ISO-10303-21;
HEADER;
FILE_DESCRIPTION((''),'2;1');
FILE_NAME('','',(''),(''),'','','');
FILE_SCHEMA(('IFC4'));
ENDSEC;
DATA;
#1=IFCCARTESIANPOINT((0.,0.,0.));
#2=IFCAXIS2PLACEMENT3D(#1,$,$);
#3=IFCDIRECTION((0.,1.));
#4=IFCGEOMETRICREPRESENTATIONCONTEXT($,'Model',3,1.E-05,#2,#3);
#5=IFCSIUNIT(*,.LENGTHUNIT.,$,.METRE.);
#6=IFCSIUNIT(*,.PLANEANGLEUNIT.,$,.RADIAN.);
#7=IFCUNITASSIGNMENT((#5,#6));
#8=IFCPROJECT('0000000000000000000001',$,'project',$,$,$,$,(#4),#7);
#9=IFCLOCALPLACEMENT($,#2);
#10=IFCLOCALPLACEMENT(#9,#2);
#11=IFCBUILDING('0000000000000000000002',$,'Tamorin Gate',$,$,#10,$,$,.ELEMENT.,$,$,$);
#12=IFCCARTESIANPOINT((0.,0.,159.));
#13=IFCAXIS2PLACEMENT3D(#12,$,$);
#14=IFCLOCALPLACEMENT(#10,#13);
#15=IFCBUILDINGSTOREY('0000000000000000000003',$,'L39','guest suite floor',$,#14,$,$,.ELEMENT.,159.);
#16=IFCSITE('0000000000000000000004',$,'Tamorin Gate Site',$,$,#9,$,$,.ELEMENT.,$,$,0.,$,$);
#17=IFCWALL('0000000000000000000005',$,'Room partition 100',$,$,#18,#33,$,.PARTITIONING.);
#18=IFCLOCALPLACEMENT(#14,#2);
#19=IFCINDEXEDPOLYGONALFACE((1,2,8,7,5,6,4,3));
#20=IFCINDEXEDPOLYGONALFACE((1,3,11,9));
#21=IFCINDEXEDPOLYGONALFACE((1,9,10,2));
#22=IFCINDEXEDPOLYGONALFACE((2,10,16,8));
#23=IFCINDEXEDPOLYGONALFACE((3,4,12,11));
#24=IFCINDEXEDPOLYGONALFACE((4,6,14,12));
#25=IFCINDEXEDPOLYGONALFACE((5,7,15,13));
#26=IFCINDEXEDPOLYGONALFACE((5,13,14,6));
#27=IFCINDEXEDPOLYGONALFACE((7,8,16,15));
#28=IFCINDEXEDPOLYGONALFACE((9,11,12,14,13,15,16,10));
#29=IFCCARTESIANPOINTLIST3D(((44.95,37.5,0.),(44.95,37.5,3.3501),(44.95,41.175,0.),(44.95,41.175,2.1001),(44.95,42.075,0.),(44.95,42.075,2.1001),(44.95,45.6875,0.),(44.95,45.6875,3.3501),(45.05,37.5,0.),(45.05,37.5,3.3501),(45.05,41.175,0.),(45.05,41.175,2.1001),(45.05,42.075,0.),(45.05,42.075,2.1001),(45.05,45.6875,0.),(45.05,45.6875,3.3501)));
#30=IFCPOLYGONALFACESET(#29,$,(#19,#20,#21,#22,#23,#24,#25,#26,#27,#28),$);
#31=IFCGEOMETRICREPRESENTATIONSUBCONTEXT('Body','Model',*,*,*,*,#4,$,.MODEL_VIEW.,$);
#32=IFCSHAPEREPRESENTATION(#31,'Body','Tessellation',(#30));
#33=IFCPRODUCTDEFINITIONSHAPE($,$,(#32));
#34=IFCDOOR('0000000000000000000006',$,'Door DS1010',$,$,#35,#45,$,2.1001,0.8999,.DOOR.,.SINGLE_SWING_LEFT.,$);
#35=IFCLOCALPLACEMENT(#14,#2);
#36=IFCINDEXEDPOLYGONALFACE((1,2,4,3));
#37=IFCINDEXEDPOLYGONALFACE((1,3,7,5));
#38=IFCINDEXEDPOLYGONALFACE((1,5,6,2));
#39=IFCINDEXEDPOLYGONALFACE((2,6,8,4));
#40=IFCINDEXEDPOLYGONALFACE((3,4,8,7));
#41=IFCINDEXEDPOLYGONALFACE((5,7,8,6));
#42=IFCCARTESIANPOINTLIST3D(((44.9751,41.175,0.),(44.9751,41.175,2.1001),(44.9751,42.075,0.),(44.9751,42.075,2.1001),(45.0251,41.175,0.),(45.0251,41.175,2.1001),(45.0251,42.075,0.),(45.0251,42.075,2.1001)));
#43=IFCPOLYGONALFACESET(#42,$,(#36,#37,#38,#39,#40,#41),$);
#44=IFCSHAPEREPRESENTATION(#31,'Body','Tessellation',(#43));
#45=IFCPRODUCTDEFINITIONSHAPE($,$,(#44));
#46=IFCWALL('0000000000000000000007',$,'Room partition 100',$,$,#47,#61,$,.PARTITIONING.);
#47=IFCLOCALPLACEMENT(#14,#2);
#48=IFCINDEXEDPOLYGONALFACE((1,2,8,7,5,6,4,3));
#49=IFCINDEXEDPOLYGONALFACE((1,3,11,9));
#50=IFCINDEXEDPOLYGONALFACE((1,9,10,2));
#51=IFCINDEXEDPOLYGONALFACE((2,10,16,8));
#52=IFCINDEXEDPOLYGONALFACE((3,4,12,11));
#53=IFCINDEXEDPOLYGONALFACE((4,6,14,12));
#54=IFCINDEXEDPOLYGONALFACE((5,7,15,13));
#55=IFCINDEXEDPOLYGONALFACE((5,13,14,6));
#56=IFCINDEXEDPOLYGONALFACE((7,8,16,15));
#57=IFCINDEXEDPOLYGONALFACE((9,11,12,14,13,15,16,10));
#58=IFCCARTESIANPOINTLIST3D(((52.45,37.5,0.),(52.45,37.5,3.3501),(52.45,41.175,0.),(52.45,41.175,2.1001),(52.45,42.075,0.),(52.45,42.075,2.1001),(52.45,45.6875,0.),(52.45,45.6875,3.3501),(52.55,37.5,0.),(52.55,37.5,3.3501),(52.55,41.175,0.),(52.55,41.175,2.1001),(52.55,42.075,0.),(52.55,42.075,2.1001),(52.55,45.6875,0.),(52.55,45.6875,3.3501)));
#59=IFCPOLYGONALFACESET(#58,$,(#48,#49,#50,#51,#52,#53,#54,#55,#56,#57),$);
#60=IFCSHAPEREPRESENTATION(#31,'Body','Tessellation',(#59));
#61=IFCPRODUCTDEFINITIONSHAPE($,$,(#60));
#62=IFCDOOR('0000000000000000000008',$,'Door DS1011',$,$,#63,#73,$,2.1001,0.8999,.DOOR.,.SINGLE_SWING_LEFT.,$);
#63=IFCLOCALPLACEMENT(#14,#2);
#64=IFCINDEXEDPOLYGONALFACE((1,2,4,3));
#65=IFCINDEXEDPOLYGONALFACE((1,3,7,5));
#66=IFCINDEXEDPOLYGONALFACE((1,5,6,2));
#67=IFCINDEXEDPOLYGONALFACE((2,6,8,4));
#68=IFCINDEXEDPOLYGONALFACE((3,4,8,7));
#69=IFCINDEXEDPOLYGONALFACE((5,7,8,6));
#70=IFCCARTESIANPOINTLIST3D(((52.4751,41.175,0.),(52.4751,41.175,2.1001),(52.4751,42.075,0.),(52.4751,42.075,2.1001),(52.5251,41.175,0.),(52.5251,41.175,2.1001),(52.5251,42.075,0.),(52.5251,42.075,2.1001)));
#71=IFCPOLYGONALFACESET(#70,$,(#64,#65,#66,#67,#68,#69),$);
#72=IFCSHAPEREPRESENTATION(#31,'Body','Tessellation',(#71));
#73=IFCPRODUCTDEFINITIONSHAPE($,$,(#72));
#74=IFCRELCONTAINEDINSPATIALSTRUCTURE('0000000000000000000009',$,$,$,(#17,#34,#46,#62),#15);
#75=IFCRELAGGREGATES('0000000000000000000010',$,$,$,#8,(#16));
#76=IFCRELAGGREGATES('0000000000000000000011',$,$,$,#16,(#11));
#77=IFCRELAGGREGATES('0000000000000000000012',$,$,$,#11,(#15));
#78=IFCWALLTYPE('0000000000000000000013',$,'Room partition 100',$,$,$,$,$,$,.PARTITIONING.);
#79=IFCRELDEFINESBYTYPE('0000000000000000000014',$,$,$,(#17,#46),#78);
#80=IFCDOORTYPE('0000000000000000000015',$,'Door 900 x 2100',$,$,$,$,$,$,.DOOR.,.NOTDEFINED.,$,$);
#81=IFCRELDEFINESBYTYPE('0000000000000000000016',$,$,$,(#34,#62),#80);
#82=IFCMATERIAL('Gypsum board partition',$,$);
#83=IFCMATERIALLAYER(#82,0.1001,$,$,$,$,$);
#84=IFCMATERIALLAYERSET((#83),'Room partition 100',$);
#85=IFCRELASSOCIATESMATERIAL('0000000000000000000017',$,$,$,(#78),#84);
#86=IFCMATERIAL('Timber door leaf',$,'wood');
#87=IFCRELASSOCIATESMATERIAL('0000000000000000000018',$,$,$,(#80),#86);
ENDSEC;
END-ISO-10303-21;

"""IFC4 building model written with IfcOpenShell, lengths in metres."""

from ifc_helpers import new_model, si_unit, direction, frame, frame_2d, origin, place, context, subcontext, project, spatial, rectangle, extrude, material, layer, layer_set, type_object, element, fill, save


model = new_model("IFC4")

# Units and contexts
model_context = context("Model", 3, precision=1e-05, world=origin(), true_north=direction((0.0, 1.0)))
body_context = subcontext(model_context, "Body", "Model", "MODEL_VIEW")
ifc_project = project(units=[si_unit("LENGTHUNIT", "METRE"), si_unit("PLANEANGLEUNIT", "RADIAN")], contexts=[model_context])

# Site, building, storey
site_placement = place(None, origin())
site = spatial("IfcSite", under=ifc_project, at=site_placement, Name="Tamorin Gate Site", CompositionType="ELEMENT", RefElevation=0.0)
building_placement = place(site_placement, origin())
building = spatial("IfcBuilding", under=site, at=building_placement, Name="Tamorin Gate", CompositionType="ELEMENT")
storey_placement = place(building_placement, frame((0.0, 0.0, 159.0)))
storey = spatial("IfcBuildingStorey", under=building, at=storey_placement, Name="L39", Description="guest suite floor", CompositionType="ELEMENT", Elevation=159.0)

# Shared definitions
ifc_material_1 = material(Name="Gypsum board partition")

# Walls, openings, doors
ifc_layer_1 = layer(ifc_material_1, 0.1001)
ifc_layer_set_1 = layer_set([ifc_layer_1], Name="Room partition 100")
wall_type_1 = type_object("IfcWallType", Name="Room partition 100", PredefinedType="PARTITIONING", material=ifc_layer_set_1)
wall_1_placement = place(storey_placement, frame((45.0, 37.5, 0.0), z_axis=(0.0, 0.0, 1.0), x_axis=(0.0, 1.0, 0.0)))
wall_1 = element("IfcWall", 1, at=wall_1_placement, inside=storey, type_object=wall_type_1, Name="Room partition 100", PredefinedType="PARTITIONING", context=body_context, shape_type="SweptSolid", body=[
    extrude(rectangle(XDim=8.1875, YDim=0.1001, at=frame_2d((4.0938, 0.0))), origin(), (0.0, 0.0, 1.0), 3.3501),
])
opening_1_placement = place(wall_1_placement, frame((3.675, 0.0, 0.0)))
opening_1 = element("IfcOpeningElement", 2, at=opening_1_placement, cuts=wall_1, PredefinedType="OPENING", context=body_context, shape_type="SweptSolid", body=[
    extrude(rectangle(XDim=0.8999, YDim=2.1001, at=frame_2d((0.45, 1.05))), frame((0.0, 0.0601, 0.0), z_axis=(0.0, -1.0, 0.0), x_axis=(1.0, 0.0, 0.0)), (0.0, 0.0, 1.0), 0.1201),
])
ifc_material_2 = material(Name="Timber door leaf", Category="wood")
door_type = type_object("IfcDoorType", Name="Door 900 x 2100", OperationType="NOTDEFINED", PredefinedType="DOOR", material=ifc_material_2)
door_1_placement = place(opening_1_placement, origin())
door_1 = element("IfcDoor", 3, at=door_1_placement, inside=storey, type_object=door_type, Name="Door DS1010", OperationType="SINGLE_SWING_LEFT", OverallHeight=2.1001, OverallWidth=0.8999, PredefinedType="DOOR", context=body_context, shape_type="SweptSolid", body=[
    extrude(rectangle(XDim=0.8999, YDim=2.1001, at=frame_2d((0.45, 1.05))), frame((0.0, 0.0249, 0.0), z_axis=(0.0, -1.0, 0.0), x_axis=(1.0, 0.0, 0.0)), (0.0, 0.0, 1.0), 0.05),
])
fill(opening_1, door_1)
wall_2_placement = place(storey_placement, frame((52.5, 37.5, 0.0), z_axis=(0.0, 0.0, 1.0), x_axis=(0.0, 1.0, 0.0)))
wall_2 = element("IfcWall", 4, at=wall_2_placement, inside=storey, type_object=wall_type_1, Name="Room partition 100", PredefinedType="PARTITIONING", context=body_context, shape_type="SweptSolid", body=[
    extrude(rectangle(XDim=8.1875, YDim=0.1001, at=frame_2d((4.0938, 0.0))), origin(), (0.0, 0.0, 1.0), 3.3501),
])
opening_2_placement = place(wall_2_placement, frame((3.675, 0.0, 0.0)))
opening_2 = element("IfcOpeningElement", 5, at=opening_2_placement, cuts=wall_2, PredefinedType="OPENING", context=body_context, shape_type="SweptSolid", body=[
    extrude(rectangle(XDim=0.8999, YDim=2.1001, at=frame_2d((0.45, 1.05))), frame((0.0, 0.0601, 0.0), z_axis=(0.0, -1.0, 0.0), x_axis=(1.0, 0.0, 0.0)), (0.0, 0.0, 1.0), 0.1201),
])
door_2_placement = place(opening_2_placement, origin())
door_2 = element("IfcDoor", 6, at=door_2_placement, inside=storey, type_object=door_type, Name="Door DS1011", OperationType="SINGLE_SWING_LEFT", OverallHeight=2.1001, OverallWidth=0.8999, PredefinedType="DOOR", context=body_context, shape_type="SweptSolid", body=[
    extrude(rectangle(XDim=0.8999, YDim=2.1001, at=frame_2d((0.45, 1.05))), frame((0.0, 0.0249, 0.0), z_axis=(0.0, -1.0, 0.0), x_axis=(1.0, 0.0, 0.0)), (0.0, 0.0, 1.0), 0.05),
])
fill(opening_2, door_2)

save(model, "model.ifc")
